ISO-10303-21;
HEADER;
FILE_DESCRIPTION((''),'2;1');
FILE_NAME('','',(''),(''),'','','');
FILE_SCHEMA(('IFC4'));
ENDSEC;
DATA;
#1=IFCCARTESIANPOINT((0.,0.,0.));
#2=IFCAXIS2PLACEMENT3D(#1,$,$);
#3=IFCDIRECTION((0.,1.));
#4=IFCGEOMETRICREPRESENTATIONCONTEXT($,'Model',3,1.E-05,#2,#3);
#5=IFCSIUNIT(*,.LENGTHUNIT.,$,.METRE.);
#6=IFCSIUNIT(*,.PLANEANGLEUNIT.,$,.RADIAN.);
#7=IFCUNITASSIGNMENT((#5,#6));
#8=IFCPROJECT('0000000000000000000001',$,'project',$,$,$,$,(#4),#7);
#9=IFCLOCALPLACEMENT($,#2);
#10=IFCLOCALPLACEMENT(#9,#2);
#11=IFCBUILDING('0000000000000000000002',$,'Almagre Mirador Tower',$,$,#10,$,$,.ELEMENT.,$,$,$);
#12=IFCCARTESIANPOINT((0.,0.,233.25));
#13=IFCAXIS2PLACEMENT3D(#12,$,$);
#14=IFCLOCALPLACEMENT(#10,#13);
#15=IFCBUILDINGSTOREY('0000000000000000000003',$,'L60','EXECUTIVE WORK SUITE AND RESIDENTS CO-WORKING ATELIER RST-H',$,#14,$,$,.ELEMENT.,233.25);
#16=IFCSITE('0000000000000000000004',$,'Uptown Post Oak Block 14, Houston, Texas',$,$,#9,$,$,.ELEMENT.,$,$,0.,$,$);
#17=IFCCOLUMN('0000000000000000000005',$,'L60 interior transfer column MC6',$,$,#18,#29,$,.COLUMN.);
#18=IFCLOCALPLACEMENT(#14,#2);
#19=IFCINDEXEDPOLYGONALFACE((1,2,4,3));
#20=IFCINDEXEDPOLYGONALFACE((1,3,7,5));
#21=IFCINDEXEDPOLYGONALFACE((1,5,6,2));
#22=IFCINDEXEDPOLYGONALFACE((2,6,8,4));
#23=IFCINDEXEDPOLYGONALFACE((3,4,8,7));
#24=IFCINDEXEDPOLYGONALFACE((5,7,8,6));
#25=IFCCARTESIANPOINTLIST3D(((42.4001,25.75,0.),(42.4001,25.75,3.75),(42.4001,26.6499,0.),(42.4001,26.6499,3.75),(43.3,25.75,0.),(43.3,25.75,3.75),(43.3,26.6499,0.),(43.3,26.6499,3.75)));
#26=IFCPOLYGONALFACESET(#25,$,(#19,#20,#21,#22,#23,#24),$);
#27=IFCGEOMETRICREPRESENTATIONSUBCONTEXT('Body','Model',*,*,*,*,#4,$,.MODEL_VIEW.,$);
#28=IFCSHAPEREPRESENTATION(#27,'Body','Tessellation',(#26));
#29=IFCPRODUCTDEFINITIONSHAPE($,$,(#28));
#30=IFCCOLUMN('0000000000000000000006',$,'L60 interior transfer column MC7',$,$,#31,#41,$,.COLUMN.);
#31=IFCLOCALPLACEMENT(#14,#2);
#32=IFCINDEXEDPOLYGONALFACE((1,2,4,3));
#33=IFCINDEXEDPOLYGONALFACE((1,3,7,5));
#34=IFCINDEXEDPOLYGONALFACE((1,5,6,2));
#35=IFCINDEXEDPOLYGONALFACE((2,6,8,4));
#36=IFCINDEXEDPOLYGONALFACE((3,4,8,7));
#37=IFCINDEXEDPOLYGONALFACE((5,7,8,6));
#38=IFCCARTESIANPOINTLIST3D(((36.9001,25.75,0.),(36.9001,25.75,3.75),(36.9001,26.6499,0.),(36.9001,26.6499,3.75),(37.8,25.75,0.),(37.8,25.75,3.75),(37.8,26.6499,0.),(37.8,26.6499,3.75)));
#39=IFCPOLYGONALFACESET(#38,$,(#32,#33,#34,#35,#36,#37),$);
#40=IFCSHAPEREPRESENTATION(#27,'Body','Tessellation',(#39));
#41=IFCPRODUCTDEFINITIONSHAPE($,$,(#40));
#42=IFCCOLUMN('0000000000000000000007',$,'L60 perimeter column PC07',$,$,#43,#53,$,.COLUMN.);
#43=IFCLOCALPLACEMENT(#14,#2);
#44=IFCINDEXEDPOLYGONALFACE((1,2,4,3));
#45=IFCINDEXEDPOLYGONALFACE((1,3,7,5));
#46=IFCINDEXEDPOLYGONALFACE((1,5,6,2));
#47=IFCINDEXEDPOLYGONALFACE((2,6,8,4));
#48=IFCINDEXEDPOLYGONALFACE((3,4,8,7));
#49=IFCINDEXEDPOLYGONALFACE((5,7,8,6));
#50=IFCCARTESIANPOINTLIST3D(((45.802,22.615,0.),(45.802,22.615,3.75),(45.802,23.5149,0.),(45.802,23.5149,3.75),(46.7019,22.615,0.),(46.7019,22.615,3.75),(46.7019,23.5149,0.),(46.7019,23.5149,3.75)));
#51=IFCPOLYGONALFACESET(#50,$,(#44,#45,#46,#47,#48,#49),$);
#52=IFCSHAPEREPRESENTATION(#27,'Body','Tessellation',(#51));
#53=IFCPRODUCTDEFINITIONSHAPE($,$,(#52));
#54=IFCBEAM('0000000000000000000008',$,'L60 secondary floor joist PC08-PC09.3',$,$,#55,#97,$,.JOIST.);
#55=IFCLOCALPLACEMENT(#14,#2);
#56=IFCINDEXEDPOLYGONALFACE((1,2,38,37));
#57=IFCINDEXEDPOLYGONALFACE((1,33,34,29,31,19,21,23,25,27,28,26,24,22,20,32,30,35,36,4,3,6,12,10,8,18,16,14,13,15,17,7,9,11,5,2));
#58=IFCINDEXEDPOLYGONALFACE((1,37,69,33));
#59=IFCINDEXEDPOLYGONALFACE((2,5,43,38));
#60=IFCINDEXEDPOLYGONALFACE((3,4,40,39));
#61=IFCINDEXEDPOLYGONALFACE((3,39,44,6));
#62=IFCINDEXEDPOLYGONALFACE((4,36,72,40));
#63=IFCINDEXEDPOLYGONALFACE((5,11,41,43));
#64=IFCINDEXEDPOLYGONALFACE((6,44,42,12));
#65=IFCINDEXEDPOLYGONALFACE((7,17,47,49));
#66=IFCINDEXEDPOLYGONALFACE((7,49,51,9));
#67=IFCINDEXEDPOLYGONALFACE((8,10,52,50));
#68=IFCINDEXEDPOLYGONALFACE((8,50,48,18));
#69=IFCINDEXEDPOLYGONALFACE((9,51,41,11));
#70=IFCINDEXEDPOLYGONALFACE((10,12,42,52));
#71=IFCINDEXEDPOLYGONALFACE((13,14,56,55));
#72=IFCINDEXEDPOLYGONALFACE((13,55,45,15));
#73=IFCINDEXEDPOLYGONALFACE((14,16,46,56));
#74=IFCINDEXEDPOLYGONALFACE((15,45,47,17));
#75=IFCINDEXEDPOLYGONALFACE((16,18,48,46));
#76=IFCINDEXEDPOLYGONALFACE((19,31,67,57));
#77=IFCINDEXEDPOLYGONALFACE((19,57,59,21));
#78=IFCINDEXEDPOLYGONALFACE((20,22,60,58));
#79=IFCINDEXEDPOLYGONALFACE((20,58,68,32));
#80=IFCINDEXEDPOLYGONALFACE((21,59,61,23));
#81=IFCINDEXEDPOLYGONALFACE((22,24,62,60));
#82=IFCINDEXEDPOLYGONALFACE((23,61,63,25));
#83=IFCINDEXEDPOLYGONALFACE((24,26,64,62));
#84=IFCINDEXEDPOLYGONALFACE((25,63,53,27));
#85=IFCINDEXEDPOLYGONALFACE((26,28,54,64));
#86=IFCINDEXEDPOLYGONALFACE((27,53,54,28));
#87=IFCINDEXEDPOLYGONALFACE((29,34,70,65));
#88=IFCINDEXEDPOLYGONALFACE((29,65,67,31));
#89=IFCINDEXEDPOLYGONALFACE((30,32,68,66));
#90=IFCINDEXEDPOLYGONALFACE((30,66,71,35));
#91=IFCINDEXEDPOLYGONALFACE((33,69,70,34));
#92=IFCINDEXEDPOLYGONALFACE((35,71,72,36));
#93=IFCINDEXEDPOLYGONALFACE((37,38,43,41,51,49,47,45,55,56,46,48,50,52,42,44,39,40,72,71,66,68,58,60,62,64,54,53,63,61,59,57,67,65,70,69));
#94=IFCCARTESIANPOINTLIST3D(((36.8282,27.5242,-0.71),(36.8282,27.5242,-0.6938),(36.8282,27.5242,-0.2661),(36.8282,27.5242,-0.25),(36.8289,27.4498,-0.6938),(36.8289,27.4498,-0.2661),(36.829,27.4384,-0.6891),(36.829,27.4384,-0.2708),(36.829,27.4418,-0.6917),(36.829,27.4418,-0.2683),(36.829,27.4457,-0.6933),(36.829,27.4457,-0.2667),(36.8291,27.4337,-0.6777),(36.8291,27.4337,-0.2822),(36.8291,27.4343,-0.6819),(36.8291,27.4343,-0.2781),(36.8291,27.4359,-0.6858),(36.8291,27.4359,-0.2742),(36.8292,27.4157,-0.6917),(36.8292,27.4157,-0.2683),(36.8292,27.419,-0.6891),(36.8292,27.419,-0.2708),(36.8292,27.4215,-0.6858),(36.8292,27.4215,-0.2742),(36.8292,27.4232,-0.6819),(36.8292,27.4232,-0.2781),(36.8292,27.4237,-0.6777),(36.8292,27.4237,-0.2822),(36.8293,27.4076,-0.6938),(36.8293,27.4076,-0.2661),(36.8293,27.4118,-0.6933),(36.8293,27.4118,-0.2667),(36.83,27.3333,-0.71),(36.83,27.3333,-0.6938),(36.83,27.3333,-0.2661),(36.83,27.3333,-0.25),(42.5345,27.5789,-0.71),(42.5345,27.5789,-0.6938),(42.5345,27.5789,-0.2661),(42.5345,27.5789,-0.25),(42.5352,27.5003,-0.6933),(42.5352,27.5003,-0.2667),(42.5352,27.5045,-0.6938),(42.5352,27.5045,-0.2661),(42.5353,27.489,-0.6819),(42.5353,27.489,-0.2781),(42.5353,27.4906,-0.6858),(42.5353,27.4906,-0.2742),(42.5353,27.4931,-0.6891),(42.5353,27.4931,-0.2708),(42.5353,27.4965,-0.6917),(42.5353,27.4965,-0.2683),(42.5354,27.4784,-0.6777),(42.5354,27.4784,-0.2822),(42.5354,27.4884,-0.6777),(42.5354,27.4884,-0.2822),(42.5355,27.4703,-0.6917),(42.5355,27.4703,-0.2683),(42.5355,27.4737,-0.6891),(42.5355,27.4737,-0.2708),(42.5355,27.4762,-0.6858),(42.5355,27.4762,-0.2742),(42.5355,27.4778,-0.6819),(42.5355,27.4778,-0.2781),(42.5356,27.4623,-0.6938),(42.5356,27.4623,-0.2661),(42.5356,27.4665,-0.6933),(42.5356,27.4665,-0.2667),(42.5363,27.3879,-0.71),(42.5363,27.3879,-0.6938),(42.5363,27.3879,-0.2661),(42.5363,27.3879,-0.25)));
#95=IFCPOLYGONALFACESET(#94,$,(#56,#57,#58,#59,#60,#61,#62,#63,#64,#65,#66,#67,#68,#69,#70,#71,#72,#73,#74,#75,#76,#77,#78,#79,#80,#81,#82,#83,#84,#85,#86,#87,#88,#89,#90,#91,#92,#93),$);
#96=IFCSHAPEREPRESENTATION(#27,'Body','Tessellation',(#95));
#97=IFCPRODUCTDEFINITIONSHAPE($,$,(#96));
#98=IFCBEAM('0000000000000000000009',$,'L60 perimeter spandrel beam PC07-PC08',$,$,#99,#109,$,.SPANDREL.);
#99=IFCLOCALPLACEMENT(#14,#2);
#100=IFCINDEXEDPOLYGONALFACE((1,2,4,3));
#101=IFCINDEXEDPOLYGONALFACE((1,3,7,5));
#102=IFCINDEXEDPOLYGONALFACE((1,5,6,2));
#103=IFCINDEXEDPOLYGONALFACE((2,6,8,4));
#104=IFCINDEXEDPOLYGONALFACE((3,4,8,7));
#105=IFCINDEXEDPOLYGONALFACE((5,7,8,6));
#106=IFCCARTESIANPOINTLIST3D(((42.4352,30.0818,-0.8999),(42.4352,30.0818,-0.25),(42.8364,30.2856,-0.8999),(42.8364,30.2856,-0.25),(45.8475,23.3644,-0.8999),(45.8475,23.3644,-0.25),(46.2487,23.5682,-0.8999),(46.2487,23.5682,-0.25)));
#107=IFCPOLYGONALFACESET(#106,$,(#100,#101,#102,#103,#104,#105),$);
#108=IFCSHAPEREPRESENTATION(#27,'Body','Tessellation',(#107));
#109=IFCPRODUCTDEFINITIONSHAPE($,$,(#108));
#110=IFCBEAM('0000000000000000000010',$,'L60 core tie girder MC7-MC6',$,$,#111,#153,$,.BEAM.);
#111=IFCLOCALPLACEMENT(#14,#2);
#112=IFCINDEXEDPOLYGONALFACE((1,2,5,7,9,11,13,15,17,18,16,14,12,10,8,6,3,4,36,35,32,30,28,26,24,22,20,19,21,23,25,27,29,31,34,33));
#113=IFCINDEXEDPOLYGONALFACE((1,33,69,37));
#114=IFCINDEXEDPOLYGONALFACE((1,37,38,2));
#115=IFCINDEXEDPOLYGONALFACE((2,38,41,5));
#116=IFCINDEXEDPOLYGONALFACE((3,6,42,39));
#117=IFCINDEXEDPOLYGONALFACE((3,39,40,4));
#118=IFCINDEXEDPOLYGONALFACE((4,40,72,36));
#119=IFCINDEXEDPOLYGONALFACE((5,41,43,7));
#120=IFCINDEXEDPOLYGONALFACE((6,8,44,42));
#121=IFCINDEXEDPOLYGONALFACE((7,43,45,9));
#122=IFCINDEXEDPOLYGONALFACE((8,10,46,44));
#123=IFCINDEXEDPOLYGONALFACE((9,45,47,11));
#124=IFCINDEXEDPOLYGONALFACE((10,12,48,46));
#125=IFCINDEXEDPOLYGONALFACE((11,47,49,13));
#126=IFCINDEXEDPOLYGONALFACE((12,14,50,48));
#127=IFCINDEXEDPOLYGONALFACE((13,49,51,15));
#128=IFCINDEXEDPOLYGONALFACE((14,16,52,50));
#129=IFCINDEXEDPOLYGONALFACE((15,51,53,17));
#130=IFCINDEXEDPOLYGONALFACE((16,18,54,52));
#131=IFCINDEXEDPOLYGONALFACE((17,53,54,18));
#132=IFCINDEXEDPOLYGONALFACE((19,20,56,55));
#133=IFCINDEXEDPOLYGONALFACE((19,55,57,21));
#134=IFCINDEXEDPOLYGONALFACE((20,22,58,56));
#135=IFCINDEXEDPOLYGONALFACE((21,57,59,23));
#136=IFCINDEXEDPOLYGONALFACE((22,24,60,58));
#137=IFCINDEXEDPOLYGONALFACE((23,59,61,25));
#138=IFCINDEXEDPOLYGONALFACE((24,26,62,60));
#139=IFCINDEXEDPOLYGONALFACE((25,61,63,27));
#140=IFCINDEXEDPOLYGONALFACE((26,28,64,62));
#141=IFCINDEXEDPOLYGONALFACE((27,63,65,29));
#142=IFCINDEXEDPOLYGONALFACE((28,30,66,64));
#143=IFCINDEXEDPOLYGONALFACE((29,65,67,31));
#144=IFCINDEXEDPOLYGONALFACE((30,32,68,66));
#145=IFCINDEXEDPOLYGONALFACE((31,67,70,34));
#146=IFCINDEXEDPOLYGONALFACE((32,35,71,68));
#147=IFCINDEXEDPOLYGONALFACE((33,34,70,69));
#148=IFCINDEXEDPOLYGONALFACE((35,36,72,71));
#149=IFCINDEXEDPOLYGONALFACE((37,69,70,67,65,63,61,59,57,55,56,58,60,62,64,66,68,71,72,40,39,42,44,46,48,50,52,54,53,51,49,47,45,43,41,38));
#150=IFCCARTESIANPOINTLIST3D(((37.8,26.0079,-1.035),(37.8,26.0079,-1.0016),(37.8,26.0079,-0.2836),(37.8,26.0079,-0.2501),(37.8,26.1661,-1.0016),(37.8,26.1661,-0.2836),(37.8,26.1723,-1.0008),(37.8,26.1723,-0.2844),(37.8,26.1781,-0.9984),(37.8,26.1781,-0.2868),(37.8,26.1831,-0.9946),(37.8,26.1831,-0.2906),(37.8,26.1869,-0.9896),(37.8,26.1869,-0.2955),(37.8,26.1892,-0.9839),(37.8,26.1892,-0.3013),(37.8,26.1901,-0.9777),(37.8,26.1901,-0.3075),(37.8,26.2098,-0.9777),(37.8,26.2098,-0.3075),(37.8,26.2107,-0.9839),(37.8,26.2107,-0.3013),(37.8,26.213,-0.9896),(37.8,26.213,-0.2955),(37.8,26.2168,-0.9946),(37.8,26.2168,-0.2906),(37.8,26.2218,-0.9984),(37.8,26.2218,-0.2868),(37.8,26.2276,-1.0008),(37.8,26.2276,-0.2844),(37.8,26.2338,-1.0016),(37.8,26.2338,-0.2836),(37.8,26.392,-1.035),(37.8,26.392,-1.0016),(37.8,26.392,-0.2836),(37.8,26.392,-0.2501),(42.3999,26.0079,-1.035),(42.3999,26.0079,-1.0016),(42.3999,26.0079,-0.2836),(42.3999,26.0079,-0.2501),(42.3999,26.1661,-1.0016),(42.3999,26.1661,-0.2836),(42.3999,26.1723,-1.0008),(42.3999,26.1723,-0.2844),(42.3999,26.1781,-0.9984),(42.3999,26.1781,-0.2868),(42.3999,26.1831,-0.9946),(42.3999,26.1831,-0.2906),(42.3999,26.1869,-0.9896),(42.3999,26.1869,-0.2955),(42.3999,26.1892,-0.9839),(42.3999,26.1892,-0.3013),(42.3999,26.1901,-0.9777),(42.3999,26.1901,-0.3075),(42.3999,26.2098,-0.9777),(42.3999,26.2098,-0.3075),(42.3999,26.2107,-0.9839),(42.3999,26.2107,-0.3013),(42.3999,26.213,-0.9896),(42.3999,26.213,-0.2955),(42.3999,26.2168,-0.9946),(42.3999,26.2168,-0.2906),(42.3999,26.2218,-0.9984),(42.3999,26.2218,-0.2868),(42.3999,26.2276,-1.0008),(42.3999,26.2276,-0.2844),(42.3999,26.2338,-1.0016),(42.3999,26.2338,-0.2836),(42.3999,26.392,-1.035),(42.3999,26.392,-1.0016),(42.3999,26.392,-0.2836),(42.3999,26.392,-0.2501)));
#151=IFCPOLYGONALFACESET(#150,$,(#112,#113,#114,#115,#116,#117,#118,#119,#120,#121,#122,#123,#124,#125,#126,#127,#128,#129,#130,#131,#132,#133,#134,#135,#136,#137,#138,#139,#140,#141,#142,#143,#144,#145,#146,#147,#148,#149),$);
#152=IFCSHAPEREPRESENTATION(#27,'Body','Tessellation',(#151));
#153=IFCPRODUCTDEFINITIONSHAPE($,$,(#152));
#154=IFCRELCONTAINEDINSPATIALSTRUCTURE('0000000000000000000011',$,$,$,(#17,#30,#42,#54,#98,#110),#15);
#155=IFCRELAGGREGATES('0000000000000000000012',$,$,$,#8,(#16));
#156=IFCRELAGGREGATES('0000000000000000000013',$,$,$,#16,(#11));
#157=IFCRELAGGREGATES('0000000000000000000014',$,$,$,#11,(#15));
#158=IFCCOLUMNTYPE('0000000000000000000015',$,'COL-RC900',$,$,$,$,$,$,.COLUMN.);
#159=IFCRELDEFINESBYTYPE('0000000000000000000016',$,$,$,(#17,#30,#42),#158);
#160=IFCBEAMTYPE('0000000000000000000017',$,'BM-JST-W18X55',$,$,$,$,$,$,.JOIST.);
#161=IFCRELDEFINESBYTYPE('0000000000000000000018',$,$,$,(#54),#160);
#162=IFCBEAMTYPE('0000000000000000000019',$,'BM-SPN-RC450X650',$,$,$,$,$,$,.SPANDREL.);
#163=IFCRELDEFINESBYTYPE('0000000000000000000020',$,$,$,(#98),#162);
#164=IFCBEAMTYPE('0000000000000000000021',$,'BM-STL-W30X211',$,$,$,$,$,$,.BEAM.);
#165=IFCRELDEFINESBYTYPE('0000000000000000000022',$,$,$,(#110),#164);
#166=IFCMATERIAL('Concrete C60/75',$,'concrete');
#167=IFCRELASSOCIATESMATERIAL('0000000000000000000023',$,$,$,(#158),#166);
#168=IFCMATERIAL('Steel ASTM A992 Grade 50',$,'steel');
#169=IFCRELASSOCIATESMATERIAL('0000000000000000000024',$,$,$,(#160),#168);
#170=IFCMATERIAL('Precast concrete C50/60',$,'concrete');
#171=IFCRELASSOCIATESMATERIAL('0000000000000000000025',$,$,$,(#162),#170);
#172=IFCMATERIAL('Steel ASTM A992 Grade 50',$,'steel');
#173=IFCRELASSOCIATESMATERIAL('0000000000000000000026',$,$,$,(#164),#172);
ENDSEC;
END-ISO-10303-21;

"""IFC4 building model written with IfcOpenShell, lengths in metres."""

from ifc_helpers import new_model, si_unit, direction, frame, origin, origin_2d, place, context, subcontext, project, spatial, rectangle, i_section, extrude, material, material_profile, profile_set, type_object, element, save


model = new_model("IFC4")

# Units and contexts
model_context = context("Model", 3, precision=1e-05, world=origin(), true_north=direction((0.0, 1.0)))
body_context = subcontext(model_context, "Body", "Model", "MODEL_VIEW")
ifc_project = project(units=[si_unit("LENGTHUNIT", "METRE"), si_unit("PLANEANGLEUNIT", "RADIAN")], contexts=[model_context])

# Site, building, storey
site_placement = place(None, origin())
site = spatial("IfcSite", under=ifc_project, at=site_placement, Name="Uptown Post Oak Block 14, Houston, Texas", CompositionType="ELEMENT", RefElevation=0.0)
building_placement = place(site_placement, origin())
building = spatial("IfcBuilding", under=site, at=building_placement, Name="Almagre Mirador Tower", CompositionType="ELEMENT")
storey_placement = place(building_placement, frame((0.0, 0.0, 233.25)))
storey = spatial("IfcBuildingStorey", under=building, at=storey_placement, Name="L60", Description="EXECUTIVE WORK SUITE AND RESIDENTS CO-WORKING ATELIER RST-H", CompositionType="ELEMENT", Elevation=233.25)

# Columns
ifc_material_1 = material(Name="Concrete C60/75", Category="concrete")
ifc_material_profile_1 = material_profile(ifc_material_1, rectangle(XDim=0.8999, YDim=0.8999, at=origin_2d()), Name="RC900X900")
ifc_profile_set_1 = profile_set([ifc_material_profile_1], Name="Concrete C60/75")
column_type = type_object("IfcColumnType", Name="COL-RC900", PredefinedType="COLUMN", material=ifc_profile_set_1)
for number, where, z_axis, x_axis, name in (
    (1, (42.8501, 26.2, 0.0), (0.0, 0.0, 1.0), (1.0, 0.0, 0.0), "L60 interior transfer column MC6"),
    (2, (37.3501, 26.2, 0.0), (0.0, 0.0, 1.0), (1.0, 0.0, 0.0), "L60 interior transfer column MC7"),
    (3, (46.252, 23.0649, 0.0), (0.0, 0.0, 1.0), (1.0, 0.0, 0.0), "L60 perimeter column PC07"),
):
    element("IfcColumn", number, at=place(storey_placement, frame(where, z_axis=z_axis, x_axis=x_axis)), inside=storey, type_object=column_type, Name=name, PredefinedType="COLUMN", context=body_context, shape_type="SweptSolid", body=[
        extrude(rectangle(XDim=0.8999, YDim=0.8999, at=origin_2d()), origin(), (0.0, 0.0, 1.0), 3.75),
    ])

# Beams
ifc_material_2 = material(Name="Steel ASTM A992 Grade 50", Category="steel")
ifc_material_profile_2 = material_profile(ifc_material_2, i_section(OverallWidth=0.1909, OverallDepth=0.46, WebThickness=0.01, FlangeThickness=0.0161, FilletRadius=0.0161, at=origin_2d()), Name="W18X55")
ifc_profile_set_2 = profile_set([ifc_material_profile_2], Name="Steel ASTM A992 Grade 50")
beam_type_1 = type_object("IfcBeamType", Name="BM-JST-W18X55", PredefinedType="JOIST", material=ifc_profile_set_2)
beam_1_placement = place(storey_placement, frame((42.5354, 27.4834, -0.48), z_axis=(-0.999954, -0.009583, 0.0), x_axis=(0.009583, -0.999954, 0.0)))
element("IfcBeam", 4, at=beam_1_placement, inside=storey, type_object=beam_type_1, Name="L60 secondary floor joist PC08-PC09.3", PredefinedType="JOIST", context=body_context, shape_type="SweptSolid", body=[
    extrude(i_section(OverallWidth=0.1909, OverallDepth=0.46, WebThickness=0.01, FlangeThickness=0.0161, FilletRadius=0.0161, at=origin_2d()), origin(), (0.0, 0.0, 1.0), 5.7065),
])
ifc_material_3 = material(Name="Precast concrete C50/60", Category="concrete")
ifc_material_profile_3 = material_profile(ifc_material_3, rectangle(XDim=0.45, YDim=0.6499, at=origin_2d()), Name="RC450X650")
ifc_profile_set_3 = profile_set([ifc_material_profile_3], Name="Precast concrete C50/60")
beam_type_2 = type_object("IfcBeamType", Name="BM-SPN-RC450X650", PredefinedType="SPANDREL", material=ifc_profile_set_3)
beam_2_placement = place(storey_placement, frame((46.0481, 23.4663, -0.575), z_axis=(-0.452894, 0.891564, 0.0), x_axis=(-0.891564, -0.452894, 0.0)))
element("IfcBeam", 5, at=beam_2_placement, inside=storey, type_object=beam_type_2, Name="L60 perimeter spandrel beam PC07-PC08", PredefinedType="SPANDREL", context=body_context, shape_type="SweptSolid", body=[
    extrude(rectangle(XDim=0.45, YDim=0.6499, at=origin_2d()), origin(), (0.0, 0.0, 1.0), 7.5344),
])
ifc_material_4 = material(Name="Steel ASTM A992 Grade 50", Category="steel")
ifc_material_profile_4 = material_profile(ifc_material_4, i_section(OverallWidth=0.384, OverallDepth=0.7849, WebThickness=0.0198, FlangeThickness=0.0334, FilletRadius=0.0239, at=origin_2d()), Name="W30X211")
ifc_profile_set_4 = profile_set([ifc_material_profile_4], Name="Steel ASTM A992 Grade 50")
beam_type_3 = type_object("IfcBeamType", Name="BM-STL-W30X211", PredefinedType="BEAM", material=ifc_profile_set_4)
beam_3_placement = place(storey_placement, frame((37.8, 26.2, -0.6426), z_axis=(1.0, 0.0, 0.0), x_axis=(0.0, 1.0, 0.0)))
element("IfcBeam", 6, at=beam_3_placement, inside=storey, type_object=beam_type_3, Name="L60 core tie girder MC7-MC6", PredefinedType="BEAM", context=body_context, shape_type="SweptSolid", body=[
    extrude(i_section(OverallWidth=0.384, OverallDepth=0.7849, WebThickness=0.0198, FlangeThickness=0.0334, FilletRadius=0.0239, at=origin_2d()), origin(), (0.0, 0.0, 1.0), 4.5999),
])

save(model, "model.ifc")
